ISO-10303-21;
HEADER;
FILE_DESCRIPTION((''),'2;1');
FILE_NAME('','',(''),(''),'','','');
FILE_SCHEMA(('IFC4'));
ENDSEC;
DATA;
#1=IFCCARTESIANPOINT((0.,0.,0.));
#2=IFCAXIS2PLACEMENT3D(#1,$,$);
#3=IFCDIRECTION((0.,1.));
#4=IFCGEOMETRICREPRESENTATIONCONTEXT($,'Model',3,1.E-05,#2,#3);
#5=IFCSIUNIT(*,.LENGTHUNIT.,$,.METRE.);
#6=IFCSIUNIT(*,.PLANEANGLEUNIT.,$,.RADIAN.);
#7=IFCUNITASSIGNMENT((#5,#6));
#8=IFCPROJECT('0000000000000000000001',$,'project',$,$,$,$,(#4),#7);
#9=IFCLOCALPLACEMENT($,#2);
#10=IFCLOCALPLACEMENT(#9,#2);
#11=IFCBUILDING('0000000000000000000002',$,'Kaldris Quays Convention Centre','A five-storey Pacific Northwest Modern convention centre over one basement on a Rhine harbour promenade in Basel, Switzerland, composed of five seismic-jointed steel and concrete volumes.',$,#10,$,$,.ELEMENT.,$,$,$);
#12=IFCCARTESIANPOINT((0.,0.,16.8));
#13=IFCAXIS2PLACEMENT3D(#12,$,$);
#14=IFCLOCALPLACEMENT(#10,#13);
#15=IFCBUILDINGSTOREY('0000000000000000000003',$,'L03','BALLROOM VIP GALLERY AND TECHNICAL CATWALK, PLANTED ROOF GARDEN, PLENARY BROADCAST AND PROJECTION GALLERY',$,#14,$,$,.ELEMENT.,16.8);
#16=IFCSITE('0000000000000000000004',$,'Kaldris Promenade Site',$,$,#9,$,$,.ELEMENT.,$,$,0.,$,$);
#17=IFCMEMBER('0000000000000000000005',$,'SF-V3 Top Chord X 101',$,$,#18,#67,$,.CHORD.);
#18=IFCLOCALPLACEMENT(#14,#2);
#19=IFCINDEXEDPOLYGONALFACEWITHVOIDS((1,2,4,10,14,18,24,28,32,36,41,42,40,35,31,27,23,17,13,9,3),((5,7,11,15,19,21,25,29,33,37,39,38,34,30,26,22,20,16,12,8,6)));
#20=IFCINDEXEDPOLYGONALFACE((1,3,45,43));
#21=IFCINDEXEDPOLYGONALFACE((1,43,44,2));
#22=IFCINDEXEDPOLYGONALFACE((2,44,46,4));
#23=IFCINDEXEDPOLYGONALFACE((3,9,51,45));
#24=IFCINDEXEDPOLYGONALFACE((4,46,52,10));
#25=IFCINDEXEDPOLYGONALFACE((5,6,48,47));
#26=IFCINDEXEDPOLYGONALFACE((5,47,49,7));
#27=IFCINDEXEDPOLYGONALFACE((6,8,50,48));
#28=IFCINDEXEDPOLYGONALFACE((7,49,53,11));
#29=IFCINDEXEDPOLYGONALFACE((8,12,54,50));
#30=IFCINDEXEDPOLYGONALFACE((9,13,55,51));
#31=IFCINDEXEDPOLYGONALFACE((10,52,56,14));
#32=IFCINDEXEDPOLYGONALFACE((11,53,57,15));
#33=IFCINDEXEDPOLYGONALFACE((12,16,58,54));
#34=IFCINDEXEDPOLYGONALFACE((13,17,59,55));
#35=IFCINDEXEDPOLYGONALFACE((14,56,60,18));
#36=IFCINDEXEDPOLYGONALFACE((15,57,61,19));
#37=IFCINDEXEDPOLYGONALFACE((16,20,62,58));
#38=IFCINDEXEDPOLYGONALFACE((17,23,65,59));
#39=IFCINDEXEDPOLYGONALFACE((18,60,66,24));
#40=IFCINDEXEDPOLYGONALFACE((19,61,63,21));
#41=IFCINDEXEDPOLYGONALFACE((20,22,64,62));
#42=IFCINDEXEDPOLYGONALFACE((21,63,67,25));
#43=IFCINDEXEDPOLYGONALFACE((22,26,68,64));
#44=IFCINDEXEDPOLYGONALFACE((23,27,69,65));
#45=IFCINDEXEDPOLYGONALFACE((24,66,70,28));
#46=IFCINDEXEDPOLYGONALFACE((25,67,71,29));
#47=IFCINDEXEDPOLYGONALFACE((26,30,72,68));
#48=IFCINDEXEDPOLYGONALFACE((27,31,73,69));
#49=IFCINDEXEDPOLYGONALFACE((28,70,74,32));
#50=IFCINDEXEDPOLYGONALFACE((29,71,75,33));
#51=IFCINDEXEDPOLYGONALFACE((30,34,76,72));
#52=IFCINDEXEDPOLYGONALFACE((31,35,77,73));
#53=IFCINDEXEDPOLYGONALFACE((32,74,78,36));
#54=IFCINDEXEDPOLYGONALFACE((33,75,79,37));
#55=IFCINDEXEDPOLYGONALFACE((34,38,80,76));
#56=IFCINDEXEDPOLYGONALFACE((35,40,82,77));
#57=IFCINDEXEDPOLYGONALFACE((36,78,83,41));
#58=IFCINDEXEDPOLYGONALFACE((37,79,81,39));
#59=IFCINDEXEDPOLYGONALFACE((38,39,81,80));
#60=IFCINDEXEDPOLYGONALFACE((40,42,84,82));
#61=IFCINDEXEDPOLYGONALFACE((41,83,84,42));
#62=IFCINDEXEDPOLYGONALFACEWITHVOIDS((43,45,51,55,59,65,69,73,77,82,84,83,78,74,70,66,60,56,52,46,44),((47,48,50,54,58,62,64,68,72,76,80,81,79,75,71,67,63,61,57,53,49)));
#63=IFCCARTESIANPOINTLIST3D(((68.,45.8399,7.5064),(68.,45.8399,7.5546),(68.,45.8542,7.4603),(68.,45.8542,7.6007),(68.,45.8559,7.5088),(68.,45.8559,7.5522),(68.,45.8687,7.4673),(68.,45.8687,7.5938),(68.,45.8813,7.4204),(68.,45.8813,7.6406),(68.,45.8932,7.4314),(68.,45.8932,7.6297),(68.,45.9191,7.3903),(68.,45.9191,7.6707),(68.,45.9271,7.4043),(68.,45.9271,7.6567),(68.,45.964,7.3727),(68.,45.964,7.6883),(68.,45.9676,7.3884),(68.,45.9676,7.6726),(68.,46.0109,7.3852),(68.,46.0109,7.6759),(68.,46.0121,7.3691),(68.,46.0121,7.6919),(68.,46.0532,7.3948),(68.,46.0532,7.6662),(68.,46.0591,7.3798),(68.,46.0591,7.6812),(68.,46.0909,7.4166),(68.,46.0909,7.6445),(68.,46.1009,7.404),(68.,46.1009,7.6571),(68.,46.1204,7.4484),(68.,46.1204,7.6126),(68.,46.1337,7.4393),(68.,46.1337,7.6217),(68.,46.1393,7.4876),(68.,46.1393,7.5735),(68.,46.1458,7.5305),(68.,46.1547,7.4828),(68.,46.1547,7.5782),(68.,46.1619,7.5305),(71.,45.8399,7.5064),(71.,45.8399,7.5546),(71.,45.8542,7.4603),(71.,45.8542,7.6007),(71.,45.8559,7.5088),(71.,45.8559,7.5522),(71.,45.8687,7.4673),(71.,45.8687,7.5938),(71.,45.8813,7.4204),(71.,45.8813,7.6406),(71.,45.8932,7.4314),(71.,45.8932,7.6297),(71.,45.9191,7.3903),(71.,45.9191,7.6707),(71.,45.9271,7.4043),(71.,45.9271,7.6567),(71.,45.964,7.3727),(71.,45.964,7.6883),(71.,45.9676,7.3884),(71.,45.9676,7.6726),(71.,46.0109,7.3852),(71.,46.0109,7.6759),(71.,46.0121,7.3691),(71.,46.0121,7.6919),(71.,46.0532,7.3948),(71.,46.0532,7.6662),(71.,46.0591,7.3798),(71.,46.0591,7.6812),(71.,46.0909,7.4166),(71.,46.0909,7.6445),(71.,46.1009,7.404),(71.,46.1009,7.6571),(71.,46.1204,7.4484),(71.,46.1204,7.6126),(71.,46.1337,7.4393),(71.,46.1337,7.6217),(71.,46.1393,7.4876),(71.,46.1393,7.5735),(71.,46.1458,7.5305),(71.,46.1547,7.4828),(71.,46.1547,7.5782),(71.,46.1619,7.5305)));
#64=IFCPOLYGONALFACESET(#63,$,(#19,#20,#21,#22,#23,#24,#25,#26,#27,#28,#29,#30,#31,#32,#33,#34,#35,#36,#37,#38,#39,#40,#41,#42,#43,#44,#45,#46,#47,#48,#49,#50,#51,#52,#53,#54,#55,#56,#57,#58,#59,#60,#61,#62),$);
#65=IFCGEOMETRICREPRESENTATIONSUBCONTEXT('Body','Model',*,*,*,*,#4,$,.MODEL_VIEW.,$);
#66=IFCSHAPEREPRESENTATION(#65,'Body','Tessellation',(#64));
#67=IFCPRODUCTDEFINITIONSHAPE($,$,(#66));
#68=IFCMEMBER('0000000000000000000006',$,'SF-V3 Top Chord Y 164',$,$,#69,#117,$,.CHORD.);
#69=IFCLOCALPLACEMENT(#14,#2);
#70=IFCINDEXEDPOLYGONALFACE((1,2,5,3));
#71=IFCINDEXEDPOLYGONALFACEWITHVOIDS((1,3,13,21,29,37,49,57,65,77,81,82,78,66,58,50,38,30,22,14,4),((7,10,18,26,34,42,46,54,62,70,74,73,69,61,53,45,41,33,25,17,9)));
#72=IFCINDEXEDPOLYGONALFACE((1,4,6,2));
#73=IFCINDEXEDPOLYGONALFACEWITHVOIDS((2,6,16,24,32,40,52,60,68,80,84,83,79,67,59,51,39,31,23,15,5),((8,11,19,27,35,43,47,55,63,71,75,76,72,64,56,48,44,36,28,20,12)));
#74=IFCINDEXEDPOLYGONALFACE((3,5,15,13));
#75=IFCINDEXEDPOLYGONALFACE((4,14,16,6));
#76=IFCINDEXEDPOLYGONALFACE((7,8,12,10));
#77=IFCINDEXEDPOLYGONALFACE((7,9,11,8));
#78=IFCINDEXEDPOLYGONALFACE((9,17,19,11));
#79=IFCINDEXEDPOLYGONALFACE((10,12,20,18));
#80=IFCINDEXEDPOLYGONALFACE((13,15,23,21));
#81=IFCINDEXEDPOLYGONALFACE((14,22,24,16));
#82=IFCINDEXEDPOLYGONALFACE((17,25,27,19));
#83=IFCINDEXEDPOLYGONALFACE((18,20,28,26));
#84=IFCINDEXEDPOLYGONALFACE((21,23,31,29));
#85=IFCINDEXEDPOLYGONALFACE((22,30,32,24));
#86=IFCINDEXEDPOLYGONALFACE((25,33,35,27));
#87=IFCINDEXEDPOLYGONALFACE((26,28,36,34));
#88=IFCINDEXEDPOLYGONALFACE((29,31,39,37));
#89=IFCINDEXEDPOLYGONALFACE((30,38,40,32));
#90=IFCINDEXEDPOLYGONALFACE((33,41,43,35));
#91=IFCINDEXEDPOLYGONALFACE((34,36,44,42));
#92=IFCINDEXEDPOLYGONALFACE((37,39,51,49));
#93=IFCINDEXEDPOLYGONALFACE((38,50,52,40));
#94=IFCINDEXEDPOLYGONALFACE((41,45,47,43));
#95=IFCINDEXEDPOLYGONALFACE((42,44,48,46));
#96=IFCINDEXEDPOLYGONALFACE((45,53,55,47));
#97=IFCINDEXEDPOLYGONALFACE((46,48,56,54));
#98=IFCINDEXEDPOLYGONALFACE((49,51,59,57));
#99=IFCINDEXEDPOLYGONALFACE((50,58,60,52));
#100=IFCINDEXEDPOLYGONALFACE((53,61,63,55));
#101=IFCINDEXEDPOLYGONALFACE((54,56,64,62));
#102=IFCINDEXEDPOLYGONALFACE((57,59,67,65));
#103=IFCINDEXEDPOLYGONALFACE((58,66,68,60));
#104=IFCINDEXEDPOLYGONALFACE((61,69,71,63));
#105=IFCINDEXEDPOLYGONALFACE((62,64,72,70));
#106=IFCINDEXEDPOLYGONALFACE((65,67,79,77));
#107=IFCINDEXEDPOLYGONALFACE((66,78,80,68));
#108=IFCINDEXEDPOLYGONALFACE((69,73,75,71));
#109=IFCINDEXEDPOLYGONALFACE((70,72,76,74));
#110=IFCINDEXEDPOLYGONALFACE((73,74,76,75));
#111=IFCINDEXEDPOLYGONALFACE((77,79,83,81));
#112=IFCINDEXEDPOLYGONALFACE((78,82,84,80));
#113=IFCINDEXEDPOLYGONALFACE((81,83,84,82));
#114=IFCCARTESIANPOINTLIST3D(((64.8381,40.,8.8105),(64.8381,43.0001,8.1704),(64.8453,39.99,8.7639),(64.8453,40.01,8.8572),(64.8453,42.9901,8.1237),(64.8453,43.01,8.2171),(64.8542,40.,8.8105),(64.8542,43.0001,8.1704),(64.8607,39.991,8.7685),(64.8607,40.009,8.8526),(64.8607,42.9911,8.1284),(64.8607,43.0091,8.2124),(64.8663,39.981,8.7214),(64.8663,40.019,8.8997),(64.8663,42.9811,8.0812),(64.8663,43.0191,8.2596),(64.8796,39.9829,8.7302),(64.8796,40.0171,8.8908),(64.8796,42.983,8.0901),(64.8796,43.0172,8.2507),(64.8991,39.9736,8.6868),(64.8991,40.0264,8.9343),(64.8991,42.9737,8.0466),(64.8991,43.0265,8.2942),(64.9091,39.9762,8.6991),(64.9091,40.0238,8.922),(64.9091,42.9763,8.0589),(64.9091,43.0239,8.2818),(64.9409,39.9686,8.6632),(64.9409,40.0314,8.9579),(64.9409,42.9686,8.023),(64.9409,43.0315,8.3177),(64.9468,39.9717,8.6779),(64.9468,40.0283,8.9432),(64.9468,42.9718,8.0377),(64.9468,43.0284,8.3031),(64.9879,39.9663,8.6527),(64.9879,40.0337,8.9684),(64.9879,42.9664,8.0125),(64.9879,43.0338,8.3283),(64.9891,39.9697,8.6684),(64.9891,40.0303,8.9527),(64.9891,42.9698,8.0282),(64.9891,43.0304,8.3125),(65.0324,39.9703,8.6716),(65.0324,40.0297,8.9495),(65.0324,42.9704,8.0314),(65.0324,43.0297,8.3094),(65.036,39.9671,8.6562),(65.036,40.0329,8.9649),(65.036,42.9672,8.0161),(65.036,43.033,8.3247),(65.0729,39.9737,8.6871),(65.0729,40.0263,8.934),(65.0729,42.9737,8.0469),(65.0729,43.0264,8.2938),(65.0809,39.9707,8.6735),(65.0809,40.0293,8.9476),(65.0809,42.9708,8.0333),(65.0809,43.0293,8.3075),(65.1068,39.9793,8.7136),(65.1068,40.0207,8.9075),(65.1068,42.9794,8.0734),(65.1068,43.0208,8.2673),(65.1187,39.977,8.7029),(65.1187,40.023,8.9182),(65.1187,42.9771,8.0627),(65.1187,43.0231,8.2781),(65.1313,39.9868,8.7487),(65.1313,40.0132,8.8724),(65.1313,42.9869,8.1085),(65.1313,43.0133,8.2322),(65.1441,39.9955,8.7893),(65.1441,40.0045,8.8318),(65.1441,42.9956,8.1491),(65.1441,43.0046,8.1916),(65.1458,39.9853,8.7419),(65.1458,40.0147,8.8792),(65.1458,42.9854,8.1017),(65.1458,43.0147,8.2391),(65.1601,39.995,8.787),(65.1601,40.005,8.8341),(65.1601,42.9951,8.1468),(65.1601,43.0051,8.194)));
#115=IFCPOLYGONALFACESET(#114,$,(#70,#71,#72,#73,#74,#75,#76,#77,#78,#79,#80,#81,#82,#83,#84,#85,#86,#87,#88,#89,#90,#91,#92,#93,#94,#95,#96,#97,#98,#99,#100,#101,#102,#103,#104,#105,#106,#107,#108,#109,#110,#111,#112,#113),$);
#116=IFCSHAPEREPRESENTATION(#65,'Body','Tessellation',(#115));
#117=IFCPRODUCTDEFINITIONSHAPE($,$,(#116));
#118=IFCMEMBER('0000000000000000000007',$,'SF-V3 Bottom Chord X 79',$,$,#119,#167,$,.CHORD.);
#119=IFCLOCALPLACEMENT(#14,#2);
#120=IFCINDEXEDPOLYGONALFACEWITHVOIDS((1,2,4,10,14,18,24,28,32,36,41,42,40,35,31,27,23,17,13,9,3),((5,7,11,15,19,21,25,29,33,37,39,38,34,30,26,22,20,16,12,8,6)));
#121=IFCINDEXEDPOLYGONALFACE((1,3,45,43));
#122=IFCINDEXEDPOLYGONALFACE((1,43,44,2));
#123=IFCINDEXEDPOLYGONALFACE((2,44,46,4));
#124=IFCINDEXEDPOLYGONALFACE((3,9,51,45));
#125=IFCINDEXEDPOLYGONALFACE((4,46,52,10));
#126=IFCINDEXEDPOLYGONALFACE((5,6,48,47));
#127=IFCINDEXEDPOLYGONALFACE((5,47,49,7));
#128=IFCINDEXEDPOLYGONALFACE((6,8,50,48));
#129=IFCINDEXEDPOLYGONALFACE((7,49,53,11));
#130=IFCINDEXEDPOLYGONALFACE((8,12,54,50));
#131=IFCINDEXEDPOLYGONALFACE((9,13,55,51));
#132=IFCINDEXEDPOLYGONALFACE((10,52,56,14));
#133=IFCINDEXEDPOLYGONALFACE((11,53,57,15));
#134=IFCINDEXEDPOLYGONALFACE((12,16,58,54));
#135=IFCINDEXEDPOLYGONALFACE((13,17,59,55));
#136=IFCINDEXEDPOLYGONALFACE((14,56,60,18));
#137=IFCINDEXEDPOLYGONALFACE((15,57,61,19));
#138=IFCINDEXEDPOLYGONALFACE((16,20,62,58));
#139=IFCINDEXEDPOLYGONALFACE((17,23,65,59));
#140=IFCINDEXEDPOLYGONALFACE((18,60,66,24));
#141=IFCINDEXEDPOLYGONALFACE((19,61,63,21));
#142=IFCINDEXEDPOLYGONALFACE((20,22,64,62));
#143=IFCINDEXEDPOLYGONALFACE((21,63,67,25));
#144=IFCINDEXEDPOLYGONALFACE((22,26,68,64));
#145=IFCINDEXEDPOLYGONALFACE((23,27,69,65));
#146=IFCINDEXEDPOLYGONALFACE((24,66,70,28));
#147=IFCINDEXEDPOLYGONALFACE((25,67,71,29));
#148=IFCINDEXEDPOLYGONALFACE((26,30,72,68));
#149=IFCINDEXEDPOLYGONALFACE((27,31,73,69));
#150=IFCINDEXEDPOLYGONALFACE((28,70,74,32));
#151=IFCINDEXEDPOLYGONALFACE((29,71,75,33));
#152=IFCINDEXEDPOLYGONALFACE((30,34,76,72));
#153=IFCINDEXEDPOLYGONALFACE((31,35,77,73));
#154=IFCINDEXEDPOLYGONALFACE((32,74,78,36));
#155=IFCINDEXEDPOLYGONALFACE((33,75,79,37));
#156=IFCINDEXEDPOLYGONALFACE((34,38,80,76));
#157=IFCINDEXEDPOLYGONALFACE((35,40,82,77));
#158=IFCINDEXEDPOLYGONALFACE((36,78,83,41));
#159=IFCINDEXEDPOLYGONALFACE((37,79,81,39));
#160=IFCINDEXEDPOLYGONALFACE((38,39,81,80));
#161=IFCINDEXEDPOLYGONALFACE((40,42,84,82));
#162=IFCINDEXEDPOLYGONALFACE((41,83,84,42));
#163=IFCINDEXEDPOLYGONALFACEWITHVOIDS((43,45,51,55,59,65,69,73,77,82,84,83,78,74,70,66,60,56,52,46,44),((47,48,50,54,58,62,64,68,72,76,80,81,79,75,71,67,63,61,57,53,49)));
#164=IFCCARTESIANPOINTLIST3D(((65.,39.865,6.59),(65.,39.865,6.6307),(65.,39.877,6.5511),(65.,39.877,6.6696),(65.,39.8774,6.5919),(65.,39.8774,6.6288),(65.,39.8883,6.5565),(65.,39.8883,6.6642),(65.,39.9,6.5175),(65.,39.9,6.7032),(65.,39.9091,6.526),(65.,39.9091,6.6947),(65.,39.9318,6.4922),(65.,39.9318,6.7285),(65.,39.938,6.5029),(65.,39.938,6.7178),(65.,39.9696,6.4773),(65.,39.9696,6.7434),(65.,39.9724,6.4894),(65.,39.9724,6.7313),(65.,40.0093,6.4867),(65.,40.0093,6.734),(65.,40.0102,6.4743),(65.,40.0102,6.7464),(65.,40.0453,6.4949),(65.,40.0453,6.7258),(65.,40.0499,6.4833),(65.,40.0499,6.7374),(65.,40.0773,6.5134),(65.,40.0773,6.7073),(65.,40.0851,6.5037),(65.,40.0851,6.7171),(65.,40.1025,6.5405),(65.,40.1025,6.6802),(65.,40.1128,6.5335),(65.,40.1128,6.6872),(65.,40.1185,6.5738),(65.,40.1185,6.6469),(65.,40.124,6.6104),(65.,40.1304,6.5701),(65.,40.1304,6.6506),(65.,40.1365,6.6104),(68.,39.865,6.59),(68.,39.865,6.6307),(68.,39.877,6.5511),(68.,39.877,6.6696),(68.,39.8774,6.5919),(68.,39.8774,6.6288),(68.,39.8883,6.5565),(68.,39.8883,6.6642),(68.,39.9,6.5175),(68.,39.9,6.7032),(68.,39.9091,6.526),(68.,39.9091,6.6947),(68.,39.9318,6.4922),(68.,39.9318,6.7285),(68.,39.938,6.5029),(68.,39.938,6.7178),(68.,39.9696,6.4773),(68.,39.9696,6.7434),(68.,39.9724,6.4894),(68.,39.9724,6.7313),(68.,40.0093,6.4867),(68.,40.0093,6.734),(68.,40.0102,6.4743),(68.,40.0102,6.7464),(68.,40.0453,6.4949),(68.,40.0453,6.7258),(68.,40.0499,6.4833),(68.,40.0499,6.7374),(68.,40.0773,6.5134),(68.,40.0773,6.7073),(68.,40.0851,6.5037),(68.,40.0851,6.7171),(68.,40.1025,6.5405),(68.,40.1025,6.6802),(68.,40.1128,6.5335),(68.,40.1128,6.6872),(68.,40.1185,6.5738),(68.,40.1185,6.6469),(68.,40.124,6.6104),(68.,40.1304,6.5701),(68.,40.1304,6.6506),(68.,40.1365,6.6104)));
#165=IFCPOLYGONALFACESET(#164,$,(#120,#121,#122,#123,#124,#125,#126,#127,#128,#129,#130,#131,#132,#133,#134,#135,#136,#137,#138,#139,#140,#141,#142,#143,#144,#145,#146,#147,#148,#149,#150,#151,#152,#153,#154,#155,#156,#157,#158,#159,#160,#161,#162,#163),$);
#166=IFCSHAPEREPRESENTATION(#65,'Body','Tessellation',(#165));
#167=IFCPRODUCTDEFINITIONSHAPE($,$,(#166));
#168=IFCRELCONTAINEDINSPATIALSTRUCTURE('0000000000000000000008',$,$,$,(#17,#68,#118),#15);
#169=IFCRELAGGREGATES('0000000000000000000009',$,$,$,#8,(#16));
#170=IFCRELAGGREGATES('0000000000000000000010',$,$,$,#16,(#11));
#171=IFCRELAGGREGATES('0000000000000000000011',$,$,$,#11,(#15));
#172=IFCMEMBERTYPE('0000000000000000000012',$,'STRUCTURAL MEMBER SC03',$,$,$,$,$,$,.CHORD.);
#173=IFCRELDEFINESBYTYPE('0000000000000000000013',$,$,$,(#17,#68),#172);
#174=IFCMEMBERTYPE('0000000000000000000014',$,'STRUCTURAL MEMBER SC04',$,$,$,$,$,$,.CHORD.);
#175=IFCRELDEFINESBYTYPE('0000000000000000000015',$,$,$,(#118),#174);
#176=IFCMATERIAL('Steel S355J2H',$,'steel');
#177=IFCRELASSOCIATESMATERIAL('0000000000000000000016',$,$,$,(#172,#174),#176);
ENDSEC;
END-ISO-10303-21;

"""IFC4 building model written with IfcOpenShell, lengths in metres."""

from ifc_helpers import new_model, si_unit, direction, frame, origin, origin_2d, place, context, subcontext, project, spatial, hollow_circle, extrude, material, material_profile, profile_set, type_object, element, save


model = new_model("IFC4")

# Units and contexts
model_context = context("Model", 3, precision=1e-05, world=origin(), true_north=direction((0.0, 1.0)))
body_context = subcontext(model_context, "Body", "Model", "MODEL_VIEW")
ifc_project = project(units=[si_unit("LENGTHUNIT", "METRE"), si_unit("PLANEANGLEUNIT", "RADIAN")], contexts=[model_context])

# Site, building, storey
site_placement = place(None, origin())
site = spatial("IfcSite", under=ifc_project, at=site_placement, Name="Kaldris Promenade Site", CompositionType="ELEMENT", RefElevation=0.0)
building_placement = place(site_placement, origin())
building = spatial("IfcBuilding", under=site, at=building_placement, Name="Kaldris Quays Convention Centre", Description="A five-storey Pacific Northwest Modern convention centre over one basement on a Rhine harbour promenade in Basel, Switzerland, composed of five seismic-jointed steel and concrete volumes.", CompositionType="ELEMENT")
storey_placement = place(building_placement, frame((0.0, 0.0, 16.8)))
storey = spatial("IfcBuildingStorey", under=building, at=storey_placement, Name="L03", Description="BALLROOM VIP GALLERY AND TECHNICAL CATWALK, PLANTED ROOF GARDEN, PLENARY BROADCAST AND PROJECTION GALLERY", CompositionType="ELEMENT", Elevation=16.8)

# Members
ifc_material_1 = material(Name="Steel S355J2H", Category="steel")
ifc_material_profile_1 = material_profile(ifc_material_1, hollow_circle(Radius=0.1619, WallThickness=0.0161, at=origin_2d()), Name="CHS 323.9x16")
ifc_profile_set_1 = profile_set([ifc_material_profile_1], Name="Steel S355J2H")
member_type_1 = type_object("IfcMemberType", Name="STRUCTURAL MEMBER SC03", PredefinedType="CHORD", material=ifc_profile_set_1)
for number, where, z_axis, x_axis, name in (
    (1, (68.0, 46.0, 7.5305), (1.0, 0.0, 0.0), (0.0, 1.0, 0.0), "SF-V3 Top Chord X 101"),
):
    element("IfcMember", number, at=place(storey_placement, frame(where, z_axis=z_axis, x_axis=x_axis)), inside=storey, type_object=member_type_1, Name=name, PredefinedType="CHORD", context=body_context, shape_type="SweptSolid", body=[
        extrude(hollow_circle(Radius=0.1619, WallThickness=0.0161, at=origin_2d()), origin(), (0.0, 0.0, 1.0), 3.0),
    ])
member_1_placement = place(storey_placement, frame((65.0, 40.0, 8.8105), z_axis=(0.0, 0.977984, -0.208681), x_axis=(-1.0, 0.0, 0.0)))
element("IfcMember", 2, at=member_1_placement, inside=storey, type_object=member_type_1, Name="SF-V3 Top Chord Y 164", PredefinedType="CHORD", context=body_context, shape_type="SweptSolid", body=[
    extrude(hollow_circle(Radius=0.1619, WallThickness=0.0161, at=origin_2d()), origin(), (0.0, 0.0, 1.0), 3.0676),
])
ifc_material_profile_2 = material_profile(ifc_material_1, hollow_circle(Radius=0.1365, WallThickness=0.0125, at=origin_2d()), Name="CHS 273x12.5")
ifc_profile_set_2 = profile_set([ifc_material_profile_2], Name="Steel S355J2H")
member_type_2 = type_object("IfcMemberType", Name="STRUCTURAL MEMBER SC04", PredefinedType="CHORD", material=ifc_profile_set_2)
for number, where, z_axis, x_axis, name in (
    (3, (65.0, 40.0, 6.6104), (1.0, 0.0, 0.0), (0.0, 1.0, 0.0), "SF-V3 Bottom Chord X 79"),
):
    element("IfcMember", number, at=place(storey_placement, frame(where, z_axis=z_axis, x_axis=x_axis)), inside=storey, type_object=member_type_2, Name=name, PredefinedType="CHORD", context=body_context, shape_type="SweptSolid", body=[
        extrude(hollow_circle(Radius=0.1365, WallThickness=0.0125, at=origin_2d()), origin(), (0.0, 0.0, 1.0), 3.0),
    ])

save(model, "model.ifc")
